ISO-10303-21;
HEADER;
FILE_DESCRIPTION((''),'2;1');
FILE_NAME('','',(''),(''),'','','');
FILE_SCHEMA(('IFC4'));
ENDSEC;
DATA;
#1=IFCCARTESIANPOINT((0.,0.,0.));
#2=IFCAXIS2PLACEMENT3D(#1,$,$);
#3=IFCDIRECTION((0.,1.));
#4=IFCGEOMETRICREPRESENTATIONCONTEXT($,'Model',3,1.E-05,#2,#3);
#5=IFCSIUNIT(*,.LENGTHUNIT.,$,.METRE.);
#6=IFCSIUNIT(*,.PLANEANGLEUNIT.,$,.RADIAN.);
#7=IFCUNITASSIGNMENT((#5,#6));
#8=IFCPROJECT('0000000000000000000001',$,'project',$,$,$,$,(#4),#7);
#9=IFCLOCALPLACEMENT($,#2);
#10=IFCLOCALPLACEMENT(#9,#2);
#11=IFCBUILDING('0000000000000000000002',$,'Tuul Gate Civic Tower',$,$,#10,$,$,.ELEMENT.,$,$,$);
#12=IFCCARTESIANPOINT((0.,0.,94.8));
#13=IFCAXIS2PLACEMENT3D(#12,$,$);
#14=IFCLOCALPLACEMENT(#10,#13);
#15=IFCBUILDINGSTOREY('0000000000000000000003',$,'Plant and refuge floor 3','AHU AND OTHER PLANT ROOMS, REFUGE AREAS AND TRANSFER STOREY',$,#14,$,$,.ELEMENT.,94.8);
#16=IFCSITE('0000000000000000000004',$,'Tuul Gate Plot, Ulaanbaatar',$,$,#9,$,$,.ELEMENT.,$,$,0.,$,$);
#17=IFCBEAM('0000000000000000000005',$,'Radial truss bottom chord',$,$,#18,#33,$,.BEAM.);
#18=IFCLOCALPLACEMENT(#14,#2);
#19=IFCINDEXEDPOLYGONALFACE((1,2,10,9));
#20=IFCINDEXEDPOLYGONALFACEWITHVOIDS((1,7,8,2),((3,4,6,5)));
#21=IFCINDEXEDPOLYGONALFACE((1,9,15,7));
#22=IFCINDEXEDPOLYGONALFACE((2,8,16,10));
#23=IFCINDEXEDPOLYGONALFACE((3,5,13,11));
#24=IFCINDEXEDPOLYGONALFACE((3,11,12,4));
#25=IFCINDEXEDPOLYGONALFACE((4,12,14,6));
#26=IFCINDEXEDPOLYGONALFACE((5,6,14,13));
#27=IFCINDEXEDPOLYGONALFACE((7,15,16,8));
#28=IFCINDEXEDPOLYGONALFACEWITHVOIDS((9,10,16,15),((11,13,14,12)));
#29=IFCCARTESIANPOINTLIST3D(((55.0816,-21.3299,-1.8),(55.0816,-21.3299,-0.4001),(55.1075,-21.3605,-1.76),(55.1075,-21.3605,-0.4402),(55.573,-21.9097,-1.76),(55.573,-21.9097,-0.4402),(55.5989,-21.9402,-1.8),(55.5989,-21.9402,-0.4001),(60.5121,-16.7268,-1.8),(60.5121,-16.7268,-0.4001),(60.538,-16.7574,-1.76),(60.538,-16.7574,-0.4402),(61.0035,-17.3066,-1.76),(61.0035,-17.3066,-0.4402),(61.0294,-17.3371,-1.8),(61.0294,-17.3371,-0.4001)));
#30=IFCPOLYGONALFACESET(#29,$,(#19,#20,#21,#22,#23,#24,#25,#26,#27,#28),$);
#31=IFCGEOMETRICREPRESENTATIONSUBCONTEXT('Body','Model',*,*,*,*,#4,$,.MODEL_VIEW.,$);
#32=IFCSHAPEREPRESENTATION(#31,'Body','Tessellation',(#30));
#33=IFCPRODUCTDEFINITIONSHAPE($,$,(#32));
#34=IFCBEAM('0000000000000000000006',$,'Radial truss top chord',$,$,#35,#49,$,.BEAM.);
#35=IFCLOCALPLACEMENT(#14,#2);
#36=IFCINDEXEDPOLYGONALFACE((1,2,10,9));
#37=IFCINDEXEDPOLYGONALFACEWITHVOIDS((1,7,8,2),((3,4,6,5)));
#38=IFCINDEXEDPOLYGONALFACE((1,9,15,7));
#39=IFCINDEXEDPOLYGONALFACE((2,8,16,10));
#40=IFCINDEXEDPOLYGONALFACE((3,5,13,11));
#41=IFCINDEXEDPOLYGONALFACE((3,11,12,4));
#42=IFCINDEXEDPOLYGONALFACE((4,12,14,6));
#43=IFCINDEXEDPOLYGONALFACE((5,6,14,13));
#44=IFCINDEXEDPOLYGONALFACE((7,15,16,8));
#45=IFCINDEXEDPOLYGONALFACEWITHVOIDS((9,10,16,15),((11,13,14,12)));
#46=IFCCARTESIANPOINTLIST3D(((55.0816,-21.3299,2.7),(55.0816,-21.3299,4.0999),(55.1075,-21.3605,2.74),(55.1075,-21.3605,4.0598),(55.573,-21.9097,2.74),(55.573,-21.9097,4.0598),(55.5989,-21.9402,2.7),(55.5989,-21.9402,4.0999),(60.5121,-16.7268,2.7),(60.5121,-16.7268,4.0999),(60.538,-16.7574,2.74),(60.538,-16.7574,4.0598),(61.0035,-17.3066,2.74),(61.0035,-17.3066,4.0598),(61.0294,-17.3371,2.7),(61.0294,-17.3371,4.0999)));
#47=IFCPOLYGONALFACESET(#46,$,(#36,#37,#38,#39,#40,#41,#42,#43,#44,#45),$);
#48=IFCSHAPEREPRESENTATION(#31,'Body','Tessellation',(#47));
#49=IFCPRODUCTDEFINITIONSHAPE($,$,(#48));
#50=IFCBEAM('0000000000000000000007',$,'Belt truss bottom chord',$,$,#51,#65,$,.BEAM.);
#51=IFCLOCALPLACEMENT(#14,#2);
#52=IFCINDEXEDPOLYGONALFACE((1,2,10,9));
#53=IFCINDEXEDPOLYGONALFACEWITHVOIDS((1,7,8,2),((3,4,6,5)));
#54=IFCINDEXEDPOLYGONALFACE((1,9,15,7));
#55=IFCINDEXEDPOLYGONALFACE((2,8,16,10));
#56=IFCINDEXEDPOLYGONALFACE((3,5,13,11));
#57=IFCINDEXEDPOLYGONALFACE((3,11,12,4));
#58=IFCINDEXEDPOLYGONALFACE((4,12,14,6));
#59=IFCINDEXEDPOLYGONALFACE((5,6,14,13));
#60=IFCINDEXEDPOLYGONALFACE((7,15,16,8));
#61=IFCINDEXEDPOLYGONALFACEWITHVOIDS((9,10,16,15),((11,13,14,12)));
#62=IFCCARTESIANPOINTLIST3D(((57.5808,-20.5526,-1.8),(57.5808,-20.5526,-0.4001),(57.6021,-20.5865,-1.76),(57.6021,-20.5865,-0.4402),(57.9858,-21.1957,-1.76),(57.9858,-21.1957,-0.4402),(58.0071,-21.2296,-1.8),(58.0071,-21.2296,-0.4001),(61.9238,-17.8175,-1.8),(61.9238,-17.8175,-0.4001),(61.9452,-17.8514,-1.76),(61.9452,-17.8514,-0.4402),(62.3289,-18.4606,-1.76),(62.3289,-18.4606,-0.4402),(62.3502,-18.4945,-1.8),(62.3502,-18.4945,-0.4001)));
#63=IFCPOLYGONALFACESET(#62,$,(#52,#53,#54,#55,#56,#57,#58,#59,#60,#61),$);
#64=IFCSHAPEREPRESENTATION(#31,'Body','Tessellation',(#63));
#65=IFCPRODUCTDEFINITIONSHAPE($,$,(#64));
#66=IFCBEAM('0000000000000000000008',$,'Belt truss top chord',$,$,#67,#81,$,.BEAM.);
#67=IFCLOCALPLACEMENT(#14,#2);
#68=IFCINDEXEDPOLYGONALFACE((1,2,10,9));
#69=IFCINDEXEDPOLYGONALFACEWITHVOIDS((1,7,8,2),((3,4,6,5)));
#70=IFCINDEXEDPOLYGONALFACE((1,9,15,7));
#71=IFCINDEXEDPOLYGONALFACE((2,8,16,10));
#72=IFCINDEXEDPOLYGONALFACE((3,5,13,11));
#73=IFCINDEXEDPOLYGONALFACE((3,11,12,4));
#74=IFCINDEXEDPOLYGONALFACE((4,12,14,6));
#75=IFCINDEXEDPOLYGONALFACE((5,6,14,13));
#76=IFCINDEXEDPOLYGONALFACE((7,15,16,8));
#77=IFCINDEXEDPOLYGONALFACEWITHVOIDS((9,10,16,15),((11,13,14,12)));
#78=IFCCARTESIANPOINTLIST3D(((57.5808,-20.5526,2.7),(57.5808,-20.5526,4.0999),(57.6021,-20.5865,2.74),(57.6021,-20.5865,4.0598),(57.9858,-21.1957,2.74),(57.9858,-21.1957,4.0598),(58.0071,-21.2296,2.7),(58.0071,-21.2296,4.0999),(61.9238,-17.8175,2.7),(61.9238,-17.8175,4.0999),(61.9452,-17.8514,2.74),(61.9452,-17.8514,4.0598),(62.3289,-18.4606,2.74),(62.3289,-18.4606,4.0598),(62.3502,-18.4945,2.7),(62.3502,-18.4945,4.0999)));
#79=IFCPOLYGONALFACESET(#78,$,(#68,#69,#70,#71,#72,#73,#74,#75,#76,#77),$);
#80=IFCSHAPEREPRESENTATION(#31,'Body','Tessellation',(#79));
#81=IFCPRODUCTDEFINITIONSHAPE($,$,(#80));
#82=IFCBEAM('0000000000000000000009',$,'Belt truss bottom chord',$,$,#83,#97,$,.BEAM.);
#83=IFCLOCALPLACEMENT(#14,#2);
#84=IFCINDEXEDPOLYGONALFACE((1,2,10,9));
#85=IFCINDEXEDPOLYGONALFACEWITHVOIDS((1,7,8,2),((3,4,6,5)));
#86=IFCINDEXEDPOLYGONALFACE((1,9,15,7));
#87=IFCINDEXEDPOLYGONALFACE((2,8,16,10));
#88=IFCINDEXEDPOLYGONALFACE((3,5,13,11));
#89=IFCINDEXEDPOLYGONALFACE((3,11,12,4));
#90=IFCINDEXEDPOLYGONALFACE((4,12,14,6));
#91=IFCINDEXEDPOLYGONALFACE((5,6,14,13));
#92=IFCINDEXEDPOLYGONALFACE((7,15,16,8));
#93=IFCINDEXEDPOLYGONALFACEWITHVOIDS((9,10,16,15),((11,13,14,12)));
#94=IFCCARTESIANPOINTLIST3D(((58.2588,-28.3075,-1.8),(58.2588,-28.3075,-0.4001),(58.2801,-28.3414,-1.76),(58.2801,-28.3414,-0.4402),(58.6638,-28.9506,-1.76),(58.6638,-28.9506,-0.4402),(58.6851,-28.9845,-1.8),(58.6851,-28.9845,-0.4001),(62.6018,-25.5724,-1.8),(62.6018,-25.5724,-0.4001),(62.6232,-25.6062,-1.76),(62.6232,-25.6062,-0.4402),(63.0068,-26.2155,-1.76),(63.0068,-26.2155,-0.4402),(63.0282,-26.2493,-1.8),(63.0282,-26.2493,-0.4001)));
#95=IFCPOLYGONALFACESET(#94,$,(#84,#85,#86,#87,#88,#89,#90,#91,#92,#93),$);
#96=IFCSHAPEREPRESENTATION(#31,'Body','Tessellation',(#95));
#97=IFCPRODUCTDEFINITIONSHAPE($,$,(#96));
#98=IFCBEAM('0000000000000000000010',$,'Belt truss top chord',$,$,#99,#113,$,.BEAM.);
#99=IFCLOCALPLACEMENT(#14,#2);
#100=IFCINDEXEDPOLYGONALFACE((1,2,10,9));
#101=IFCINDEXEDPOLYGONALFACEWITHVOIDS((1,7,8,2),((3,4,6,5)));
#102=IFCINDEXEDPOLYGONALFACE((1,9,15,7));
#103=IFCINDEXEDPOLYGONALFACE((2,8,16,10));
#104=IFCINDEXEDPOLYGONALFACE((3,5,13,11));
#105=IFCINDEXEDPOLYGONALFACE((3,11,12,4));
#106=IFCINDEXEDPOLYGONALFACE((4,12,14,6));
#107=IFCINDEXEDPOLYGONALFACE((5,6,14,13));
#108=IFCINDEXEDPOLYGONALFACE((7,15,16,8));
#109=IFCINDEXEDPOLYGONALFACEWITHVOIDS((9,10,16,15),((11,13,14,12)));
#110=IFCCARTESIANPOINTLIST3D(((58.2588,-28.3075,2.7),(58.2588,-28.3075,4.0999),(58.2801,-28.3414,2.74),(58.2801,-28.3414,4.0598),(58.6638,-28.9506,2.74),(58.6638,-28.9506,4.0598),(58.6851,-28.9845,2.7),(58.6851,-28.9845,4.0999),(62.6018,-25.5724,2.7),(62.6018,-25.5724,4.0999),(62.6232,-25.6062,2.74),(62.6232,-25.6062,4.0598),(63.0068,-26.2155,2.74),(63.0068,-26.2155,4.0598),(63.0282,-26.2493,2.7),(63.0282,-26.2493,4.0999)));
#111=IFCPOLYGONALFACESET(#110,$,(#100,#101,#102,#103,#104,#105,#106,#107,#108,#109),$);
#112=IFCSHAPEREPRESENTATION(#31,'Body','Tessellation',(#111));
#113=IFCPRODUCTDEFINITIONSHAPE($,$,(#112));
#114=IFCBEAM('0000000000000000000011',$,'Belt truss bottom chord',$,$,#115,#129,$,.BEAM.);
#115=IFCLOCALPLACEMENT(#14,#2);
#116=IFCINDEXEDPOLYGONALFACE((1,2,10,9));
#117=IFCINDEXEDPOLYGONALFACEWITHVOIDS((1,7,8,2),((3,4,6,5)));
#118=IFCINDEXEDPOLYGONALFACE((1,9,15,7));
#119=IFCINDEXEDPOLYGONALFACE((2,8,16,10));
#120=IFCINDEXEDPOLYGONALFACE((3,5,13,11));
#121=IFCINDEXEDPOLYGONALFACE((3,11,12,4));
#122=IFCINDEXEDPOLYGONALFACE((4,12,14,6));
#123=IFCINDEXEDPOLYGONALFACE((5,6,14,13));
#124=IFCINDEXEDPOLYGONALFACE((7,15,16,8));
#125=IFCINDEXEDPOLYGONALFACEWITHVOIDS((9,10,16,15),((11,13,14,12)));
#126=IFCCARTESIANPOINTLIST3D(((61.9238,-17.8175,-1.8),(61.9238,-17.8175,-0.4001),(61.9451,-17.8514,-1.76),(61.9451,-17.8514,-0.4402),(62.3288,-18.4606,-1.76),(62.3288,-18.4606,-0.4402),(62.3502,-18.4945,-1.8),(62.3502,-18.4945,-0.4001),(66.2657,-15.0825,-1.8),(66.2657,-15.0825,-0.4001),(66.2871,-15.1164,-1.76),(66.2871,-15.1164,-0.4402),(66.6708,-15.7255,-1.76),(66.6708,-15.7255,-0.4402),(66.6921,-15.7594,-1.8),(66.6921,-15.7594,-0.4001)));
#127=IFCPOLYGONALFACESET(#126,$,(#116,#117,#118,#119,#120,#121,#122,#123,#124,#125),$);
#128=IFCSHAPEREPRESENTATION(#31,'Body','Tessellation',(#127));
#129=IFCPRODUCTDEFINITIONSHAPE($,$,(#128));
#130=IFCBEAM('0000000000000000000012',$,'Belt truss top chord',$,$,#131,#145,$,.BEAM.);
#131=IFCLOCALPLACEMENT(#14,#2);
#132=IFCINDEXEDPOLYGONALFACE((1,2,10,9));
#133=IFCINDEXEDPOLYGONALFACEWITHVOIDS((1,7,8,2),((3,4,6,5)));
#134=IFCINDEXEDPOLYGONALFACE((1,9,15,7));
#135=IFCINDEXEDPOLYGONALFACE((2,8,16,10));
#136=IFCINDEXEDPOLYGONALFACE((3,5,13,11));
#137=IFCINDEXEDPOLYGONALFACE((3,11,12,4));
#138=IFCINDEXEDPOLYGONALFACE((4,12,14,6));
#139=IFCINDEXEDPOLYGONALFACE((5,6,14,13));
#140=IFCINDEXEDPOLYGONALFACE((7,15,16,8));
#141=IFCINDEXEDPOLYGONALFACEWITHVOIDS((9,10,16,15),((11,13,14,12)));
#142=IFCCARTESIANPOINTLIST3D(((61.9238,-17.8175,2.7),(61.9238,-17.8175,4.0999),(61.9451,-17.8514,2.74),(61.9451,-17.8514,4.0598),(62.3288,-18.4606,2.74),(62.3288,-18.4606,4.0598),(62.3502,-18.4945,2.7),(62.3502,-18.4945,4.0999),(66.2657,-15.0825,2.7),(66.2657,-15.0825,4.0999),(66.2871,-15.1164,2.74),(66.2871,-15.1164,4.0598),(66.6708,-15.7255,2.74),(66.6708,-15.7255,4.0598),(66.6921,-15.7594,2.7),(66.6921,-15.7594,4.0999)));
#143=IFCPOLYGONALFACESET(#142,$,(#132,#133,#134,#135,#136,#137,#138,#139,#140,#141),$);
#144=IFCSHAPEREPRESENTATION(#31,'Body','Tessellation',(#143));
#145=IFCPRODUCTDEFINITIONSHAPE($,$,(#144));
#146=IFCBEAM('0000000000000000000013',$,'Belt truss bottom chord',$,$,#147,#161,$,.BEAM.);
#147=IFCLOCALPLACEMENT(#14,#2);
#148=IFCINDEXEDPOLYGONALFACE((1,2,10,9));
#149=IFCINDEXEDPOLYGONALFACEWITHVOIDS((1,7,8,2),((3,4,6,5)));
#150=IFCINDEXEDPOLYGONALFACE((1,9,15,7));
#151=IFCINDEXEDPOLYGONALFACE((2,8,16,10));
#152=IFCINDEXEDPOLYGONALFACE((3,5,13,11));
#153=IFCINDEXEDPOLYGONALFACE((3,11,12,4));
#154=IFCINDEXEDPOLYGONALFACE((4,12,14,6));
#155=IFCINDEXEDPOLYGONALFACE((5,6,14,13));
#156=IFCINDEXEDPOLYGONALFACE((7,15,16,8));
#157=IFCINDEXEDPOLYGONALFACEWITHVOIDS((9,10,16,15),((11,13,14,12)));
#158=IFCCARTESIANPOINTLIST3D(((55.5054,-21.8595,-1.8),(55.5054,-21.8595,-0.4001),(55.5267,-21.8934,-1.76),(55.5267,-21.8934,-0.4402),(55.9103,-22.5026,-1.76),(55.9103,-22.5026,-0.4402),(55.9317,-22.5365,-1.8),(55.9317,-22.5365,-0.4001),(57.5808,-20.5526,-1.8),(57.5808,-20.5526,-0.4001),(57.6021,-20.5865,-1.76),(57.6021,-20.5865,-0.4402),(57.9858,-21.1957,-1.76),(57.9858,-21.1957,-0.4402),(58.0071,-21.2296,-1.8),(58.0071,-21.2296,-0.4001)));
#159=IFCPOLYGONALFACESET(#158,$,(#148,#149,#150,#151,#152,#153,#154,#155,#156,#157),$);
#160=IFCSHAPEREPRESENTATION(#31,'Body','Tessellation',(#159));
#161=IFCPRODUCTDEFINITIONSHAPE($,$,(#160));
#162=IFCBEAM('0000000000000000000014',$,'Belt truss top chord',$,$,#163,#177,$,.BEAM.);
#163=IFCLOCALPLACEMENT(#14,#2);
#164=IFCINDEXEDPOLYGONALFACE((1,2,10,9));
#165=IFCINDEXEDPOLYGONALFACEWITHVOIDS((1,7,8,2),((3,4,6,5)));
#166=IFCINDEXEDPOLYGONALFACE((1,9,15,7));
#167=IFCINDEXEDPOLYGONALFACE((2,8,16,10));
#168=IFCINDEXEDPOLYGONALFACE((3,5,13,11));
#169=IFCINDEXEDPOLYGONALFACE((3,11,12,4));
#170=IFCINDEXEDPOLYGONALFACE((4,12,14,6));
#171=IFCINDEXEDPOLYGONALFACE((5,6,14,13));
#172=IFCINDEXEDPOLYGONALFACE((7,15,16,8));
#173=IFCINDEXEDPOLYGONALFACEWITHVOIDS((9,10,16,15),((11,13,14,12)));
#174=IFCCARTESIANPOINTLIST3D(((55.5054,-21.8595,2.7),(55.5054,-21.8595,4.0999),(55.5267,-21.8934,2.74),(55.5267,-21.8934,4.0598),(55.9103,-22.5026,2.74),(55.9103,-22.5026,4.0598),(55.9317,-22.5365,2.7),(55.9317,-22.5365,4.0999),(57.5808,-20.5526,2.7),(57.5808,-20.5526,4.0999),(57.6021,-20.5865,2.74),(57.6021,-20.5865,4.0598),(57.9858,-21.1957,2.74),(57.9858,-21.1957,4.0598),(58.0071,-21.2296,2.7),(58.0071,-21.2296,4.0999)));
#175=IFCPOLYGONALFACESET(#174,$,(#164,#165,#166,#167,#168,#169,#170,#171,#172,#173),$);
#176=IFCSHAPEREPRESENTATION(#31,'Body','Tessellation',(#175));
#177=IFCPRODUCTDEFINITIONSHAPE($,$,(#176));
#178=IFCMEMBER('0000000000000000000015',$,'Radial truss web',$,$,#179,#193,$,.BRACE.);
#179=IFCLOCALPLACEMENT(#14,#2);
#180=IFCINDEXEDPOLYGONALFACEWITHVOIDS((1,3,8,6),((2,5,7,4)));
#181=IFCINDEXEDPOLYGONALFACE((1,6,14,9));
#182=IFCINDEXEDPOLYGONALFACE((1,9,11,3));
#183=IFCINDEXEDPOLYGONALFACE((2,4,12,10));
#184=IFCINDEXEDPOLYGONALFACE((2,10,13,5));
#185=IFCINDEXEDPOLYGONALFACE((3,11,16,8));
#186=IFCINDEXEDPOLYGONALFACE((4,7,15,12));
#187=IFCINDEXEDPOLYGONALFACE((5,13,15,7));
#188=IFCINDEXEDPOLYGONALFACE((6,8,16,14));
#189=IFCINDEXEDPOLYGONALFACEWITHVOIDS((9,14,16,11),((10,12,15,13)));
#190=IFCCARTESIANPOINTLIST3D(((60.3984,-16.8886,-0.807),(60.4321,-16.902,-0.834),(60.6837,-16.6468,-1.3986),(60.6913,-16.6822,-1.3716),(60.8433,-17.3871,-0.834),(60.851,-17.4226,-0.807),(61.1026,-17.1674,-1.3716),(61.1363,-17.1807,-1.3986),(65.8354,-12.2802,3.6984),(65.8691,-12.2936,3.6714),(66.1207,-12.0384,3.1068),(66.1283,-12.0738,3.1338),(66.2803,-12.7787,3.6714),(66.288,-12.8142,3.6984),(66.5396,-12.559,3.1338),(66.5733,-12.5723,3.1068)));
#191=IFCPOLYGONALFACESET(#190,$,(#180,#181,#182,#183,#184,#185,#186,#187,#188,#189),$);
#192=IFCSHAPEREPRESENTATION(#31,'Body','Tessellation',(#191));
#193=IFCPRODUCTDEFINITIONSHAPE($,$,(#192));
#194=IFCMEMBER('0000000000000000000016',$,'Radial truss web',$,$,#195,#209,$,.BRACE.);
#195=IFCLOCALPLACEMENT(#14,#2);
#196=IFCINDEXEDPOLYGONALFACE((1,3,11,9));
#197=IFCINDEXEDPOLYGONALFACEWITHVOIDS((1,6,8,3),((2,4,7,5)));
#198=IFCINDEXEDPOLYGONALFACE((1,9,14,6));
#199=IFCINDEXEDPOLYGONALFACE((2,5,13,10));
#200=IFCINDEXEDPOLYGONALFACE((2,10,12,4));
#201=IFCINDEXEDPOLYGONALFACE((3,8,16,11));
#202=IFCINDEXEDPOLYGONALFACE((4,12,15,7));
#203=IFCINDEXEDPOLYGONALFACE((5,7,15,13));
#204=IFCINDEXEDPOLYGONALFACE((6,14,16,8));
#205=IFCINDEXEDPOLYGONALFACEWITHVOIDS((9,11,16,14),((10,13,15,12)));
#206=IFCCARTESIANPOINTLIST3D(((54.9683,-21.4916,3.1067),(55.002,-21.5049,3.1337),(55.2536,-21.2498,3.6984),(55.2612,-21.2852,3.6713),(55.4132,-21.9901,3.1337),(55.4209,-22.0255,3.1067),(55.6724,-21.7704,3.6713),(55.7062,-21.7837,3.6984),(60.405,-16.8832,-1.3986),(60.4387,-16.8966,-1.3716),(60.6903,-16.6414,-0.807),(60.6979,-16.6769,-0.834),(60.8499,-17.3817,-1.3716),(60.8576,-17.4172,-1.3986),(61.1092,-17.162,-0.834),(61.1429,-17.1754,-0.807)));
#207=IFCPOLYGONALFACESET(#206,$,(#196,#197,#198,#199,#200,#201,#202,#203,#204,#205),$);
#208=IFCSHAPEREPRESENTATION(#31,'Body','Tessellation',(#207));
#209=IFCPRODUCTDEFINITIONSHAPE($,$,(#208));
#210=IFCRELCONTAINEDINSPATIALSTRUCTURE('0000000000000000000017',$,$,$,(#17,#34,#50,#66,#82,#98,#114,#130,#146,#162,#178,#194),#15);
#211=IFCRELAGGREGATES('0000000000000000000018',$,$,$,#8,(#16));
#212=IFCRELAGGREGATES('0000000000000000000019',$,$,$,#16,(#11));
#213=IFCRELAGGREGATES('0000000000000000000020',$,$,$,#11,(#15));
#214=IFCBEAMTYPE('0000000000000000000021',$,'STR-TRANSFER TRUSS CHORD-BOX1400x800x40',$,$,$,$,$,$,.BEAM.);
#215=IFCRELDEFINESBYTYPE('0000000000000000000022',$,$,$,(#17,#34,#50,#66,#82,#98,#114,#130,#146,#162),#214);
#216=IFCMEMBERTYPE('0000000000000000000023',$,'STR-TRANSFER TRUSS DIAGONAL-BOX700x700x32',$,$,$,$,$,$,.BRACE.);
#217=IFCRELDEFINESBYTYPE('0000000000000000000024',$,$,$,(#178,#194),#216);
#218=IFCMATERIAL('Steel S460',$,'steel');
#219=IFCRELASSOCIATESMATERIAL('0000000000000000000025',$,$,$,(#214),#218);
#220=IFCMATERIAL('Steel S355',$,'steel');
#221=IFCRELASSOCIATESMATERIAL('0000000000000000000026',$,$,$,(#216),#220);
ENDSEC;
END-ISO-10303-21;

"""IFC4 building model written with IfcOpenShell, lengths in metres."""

from ifc_helpers import new_model, si_unit, direction, frame, origin, origin_2d, place, context, subcontext, project, spatial, hollow_rectangle, extrude, material, material_profile, profile_set, type_object, element, save


model = new_model("IFC4")

# Units and contexts
model_context = context("Model", 3, precision=1e-05, world=origin(), true_north=direction((0.0, 1.0)))
body_context = subcontext(model_context, "Body", "Model", "MODEL_VIEW")
ifc_project = project(units=[si_unit("LENGTHUNIT", "METRE"), si_unit("PLANEANGLEUNIT", "RADIAN")], contexts=[model_context])

# Site, building, storey
site_placement = place(None, origin())
site = spatial("IfcSite", under=ifc_project, at=site_placement, Name="Tuul Gate Plot, Ulaanbaatar", CompositionType="ELEMENT", RefElevation=0.0)
building_placement = place(site_placement, origin())
building = spatial("IfcBuilding", under=site, at=building_placement, Name="Tuul Gate Civic Tower", CompositionType="ELEMENT")
storey_placement = place(building_placement, frame((0.0, 0.0, 94.8)))
storey = spatial("IfcBuildingStorey", under=building, at=storey_placement, Name="Plant and refuge floor 3", Description="AHU AND OTHER PLANT ROOMS, REFUGE AREAS AND TRANSFER STOREY", CompositionType="ELEMENT", Elevation=94.8)

# Beams
ifc_material_1 = material(Name="Steel S460", Category="steel")
ifc_material_profile_1 = material_profile(ifc_material_1, hollow_rectangle(XDim=0.8, YDim=1.3999, WallThickness=0.04, at=origin_2d()), Name="BOX1400x800x40")
ifc_profile_set_1 = profile_set([ifc_material_profile_1], Name="Steel S460")
beam_type = type_object("IfcBeamType", Name="STR-TRANSFER TRUSS CHORD-BOX1400x800x40", PredefinedType="BEAM", material=ifc_profile_set_1)
for number, where, z_axis, x_axis, name in (
    (1, (60.7708, -17.032, -1.1001), (-0.762828, -0.646602, 0.0), (0.646602, -0.762828, 0.0), "Radial truss bottom chord"),
    (2, (60.7708, -17.032, 3.3999), (-0.762828, -0.646602, 0.0), (0.646602, -0.762828, 0.0), "Radial truss top chord"),
):
    element("IfcBeam", number, at=place(storey_placement, frame(where, z_axis=z_axis, x_axis=x_axis)), inside=storey, type_object=beam_type, Name=name, PredefinedType="BEAM", context=body_context, shape_type="SweptSolid", body=[
        extrude(hollow_rectangle(XDim=0.8, YDim=1.3999, WallThickness=0.04, at=origin_2d()), origin(), (0.0, 0.0, 1.0), 7.1189),
    ])
for number, where, z_axis, x_axis, name in (
    (3, (57.7939, -20.8911, -1.1001), (0.846179, 0.532899, 0.0), (-0.532899, 0.846179, 0.0), "Belt truss bottom chord"),
    (4, (57.7939, -20.8911, 3.3999), (0.846179, 0.532899, 0.0), (-0.532899, 0.846179, 0.0), "Belt truss top chord"),
    (5, (58.4719, -28.646, -1.1001), (0.846179, 0.532899, 0.0), (-0.532899, 0.846179, 0.0), "Belt truss bottom chord"),
    (6, (58.4719, -28.646, 3.3999), (0.846179, 0.532899, 0.0), (-0.532899, 0.846179, 0.0), "Belt truss top chord"),
):
    element("IfcBeam", number, at=place(storey_placement, frame(where, z_axis=z_axis, x_axis=x_axis)), inside=storey, type_object=beam_type, Name=name, PredefinedType="BEAM", context=body_context, shape_type="SweptSolid", body=[
        extrude(hollow_rectangle(XDim=0.8, YDim=1.3999, WallThickness=0.04, at=origin_2d()), origin(), (0.0, 0.0, 1.0), 5.1326),
    ])
for number, where, z_axis, x_axis, name in (
    (7, (62.137, -18.156, -1.1001), (0.846125, 0.532985, 0.0), (-0.532985, 0.846125, 0.0), "Belt truss bottom chord"),
    (8, (62.137, -18.156, 3.3999), (0.846125, 0.532985, 0.0), (-0.532985, 0.846125, 0.0), "Belt truss top chord"),
):
    element("IfcBeam", number, at=place(storey_placement, frame(where, z_axis=z_axis, x_axis=x_axis)), inside=storey, type_object=beam_type, Name=name, PredefinedType="BEAM", context=body_context, shape_type="SweptSolid", body=[
        extrude(hollow_rectangle(XDim=0.8, YDim=1.3999, WallThickness=0.04, at=origin_2d()), origin(), (0.0, 0.0, 1.0), 5.1316),
    ])
for number, where, z_axis, x_axis, name in (
    (9, (55.7185, -22.198, -1.1001), (0.84621, 0.53285, 0.0), (-0.53285, 0.84621, 0.0), "Belt truss bottom chord"),
    (10, (55.7185, -22.198, 3.3999), (0.84621, 0.53285, 0.0), (-0.53285, 0.84621, 0.0), "Belt truss top chord"),
):
    element("IfcBeam", number, at=place(storey_placement, frame(where, z_axis=z_axis, x_axis=x_axis)), inside=storey, type_object=beam_type, Name=name, PredefinedType="BEAM", context=body_context, shape_type="SweptSolid", body=[
        extrude(hollow_rectangle(XDim=0.8, YDim=1.3999, WallThickness=0.04, at=origin_2d()), origin(), (0.0, 0.0, 1.0), 2.4526),
    ])

# Members
ifc_material_2 = material(Name="Steel S355", Category="steel")
ifc_material_profile_2 = material_profile(ifc_material_2, hollow_rectangle(XDim=0.7, YDim=0.7, WallThickness=0.032, at=origin_2d()), Name="BOX700x700x32")
ifc_profile_set_2 = profile_set([ifc_material_profile_2], Name="Steel S355")
member_type_1 = type_object("IfcMemberType", Name="STR-TRANSFER TRUSS DIAGONAL-BOX700x700x32", PredefinedType="BRACE", material=ifc_profile_set_2)
member_1_placement = place(storey_placement, frame((60.7673, -17.0347, -1.1028), z_axis=(0.644815, 0.546544, 0.534325), x_axis=(-0.646584, 0.762843, 0.0)))
element("IfcMember", 11, at=member_1_placement, inside=storey, type_object=member_type_1, Name="Radial truss web", PredefinedType="BRACE", context=body_context, shape_type="SweptSolid", body=[
    extrude(hollow_rectangle(XDim=0.7, YDim=0.7, WallThickness=0.032, at=origin_2d()), origin(), (0.0, 0.0, 1.0), 8.4319),
])
member_2_placement = place(storey_placement, frame((60.7739, -17.0293, -1.1028), z_axis=(-0.644798, -0.546554, 0.534335), x_axis=(0.646601, -0.762829, 0.0)))
element("IfcMember", 12, at=member_2_placement, inside=storey, type_object=member_type_1, Name="Radial truss web", PredefinedType="BRACE", context=body_context, shape_type="SweptSolid", body=[
    extrude(hollow_rectangle(XDim=0.7, YDim=0.7, WallThickness=0.032, at=origin_2d()), origin(), (0.0, 0.0, 1.0), 8.4316),
])

save(model, "model.ifc")
